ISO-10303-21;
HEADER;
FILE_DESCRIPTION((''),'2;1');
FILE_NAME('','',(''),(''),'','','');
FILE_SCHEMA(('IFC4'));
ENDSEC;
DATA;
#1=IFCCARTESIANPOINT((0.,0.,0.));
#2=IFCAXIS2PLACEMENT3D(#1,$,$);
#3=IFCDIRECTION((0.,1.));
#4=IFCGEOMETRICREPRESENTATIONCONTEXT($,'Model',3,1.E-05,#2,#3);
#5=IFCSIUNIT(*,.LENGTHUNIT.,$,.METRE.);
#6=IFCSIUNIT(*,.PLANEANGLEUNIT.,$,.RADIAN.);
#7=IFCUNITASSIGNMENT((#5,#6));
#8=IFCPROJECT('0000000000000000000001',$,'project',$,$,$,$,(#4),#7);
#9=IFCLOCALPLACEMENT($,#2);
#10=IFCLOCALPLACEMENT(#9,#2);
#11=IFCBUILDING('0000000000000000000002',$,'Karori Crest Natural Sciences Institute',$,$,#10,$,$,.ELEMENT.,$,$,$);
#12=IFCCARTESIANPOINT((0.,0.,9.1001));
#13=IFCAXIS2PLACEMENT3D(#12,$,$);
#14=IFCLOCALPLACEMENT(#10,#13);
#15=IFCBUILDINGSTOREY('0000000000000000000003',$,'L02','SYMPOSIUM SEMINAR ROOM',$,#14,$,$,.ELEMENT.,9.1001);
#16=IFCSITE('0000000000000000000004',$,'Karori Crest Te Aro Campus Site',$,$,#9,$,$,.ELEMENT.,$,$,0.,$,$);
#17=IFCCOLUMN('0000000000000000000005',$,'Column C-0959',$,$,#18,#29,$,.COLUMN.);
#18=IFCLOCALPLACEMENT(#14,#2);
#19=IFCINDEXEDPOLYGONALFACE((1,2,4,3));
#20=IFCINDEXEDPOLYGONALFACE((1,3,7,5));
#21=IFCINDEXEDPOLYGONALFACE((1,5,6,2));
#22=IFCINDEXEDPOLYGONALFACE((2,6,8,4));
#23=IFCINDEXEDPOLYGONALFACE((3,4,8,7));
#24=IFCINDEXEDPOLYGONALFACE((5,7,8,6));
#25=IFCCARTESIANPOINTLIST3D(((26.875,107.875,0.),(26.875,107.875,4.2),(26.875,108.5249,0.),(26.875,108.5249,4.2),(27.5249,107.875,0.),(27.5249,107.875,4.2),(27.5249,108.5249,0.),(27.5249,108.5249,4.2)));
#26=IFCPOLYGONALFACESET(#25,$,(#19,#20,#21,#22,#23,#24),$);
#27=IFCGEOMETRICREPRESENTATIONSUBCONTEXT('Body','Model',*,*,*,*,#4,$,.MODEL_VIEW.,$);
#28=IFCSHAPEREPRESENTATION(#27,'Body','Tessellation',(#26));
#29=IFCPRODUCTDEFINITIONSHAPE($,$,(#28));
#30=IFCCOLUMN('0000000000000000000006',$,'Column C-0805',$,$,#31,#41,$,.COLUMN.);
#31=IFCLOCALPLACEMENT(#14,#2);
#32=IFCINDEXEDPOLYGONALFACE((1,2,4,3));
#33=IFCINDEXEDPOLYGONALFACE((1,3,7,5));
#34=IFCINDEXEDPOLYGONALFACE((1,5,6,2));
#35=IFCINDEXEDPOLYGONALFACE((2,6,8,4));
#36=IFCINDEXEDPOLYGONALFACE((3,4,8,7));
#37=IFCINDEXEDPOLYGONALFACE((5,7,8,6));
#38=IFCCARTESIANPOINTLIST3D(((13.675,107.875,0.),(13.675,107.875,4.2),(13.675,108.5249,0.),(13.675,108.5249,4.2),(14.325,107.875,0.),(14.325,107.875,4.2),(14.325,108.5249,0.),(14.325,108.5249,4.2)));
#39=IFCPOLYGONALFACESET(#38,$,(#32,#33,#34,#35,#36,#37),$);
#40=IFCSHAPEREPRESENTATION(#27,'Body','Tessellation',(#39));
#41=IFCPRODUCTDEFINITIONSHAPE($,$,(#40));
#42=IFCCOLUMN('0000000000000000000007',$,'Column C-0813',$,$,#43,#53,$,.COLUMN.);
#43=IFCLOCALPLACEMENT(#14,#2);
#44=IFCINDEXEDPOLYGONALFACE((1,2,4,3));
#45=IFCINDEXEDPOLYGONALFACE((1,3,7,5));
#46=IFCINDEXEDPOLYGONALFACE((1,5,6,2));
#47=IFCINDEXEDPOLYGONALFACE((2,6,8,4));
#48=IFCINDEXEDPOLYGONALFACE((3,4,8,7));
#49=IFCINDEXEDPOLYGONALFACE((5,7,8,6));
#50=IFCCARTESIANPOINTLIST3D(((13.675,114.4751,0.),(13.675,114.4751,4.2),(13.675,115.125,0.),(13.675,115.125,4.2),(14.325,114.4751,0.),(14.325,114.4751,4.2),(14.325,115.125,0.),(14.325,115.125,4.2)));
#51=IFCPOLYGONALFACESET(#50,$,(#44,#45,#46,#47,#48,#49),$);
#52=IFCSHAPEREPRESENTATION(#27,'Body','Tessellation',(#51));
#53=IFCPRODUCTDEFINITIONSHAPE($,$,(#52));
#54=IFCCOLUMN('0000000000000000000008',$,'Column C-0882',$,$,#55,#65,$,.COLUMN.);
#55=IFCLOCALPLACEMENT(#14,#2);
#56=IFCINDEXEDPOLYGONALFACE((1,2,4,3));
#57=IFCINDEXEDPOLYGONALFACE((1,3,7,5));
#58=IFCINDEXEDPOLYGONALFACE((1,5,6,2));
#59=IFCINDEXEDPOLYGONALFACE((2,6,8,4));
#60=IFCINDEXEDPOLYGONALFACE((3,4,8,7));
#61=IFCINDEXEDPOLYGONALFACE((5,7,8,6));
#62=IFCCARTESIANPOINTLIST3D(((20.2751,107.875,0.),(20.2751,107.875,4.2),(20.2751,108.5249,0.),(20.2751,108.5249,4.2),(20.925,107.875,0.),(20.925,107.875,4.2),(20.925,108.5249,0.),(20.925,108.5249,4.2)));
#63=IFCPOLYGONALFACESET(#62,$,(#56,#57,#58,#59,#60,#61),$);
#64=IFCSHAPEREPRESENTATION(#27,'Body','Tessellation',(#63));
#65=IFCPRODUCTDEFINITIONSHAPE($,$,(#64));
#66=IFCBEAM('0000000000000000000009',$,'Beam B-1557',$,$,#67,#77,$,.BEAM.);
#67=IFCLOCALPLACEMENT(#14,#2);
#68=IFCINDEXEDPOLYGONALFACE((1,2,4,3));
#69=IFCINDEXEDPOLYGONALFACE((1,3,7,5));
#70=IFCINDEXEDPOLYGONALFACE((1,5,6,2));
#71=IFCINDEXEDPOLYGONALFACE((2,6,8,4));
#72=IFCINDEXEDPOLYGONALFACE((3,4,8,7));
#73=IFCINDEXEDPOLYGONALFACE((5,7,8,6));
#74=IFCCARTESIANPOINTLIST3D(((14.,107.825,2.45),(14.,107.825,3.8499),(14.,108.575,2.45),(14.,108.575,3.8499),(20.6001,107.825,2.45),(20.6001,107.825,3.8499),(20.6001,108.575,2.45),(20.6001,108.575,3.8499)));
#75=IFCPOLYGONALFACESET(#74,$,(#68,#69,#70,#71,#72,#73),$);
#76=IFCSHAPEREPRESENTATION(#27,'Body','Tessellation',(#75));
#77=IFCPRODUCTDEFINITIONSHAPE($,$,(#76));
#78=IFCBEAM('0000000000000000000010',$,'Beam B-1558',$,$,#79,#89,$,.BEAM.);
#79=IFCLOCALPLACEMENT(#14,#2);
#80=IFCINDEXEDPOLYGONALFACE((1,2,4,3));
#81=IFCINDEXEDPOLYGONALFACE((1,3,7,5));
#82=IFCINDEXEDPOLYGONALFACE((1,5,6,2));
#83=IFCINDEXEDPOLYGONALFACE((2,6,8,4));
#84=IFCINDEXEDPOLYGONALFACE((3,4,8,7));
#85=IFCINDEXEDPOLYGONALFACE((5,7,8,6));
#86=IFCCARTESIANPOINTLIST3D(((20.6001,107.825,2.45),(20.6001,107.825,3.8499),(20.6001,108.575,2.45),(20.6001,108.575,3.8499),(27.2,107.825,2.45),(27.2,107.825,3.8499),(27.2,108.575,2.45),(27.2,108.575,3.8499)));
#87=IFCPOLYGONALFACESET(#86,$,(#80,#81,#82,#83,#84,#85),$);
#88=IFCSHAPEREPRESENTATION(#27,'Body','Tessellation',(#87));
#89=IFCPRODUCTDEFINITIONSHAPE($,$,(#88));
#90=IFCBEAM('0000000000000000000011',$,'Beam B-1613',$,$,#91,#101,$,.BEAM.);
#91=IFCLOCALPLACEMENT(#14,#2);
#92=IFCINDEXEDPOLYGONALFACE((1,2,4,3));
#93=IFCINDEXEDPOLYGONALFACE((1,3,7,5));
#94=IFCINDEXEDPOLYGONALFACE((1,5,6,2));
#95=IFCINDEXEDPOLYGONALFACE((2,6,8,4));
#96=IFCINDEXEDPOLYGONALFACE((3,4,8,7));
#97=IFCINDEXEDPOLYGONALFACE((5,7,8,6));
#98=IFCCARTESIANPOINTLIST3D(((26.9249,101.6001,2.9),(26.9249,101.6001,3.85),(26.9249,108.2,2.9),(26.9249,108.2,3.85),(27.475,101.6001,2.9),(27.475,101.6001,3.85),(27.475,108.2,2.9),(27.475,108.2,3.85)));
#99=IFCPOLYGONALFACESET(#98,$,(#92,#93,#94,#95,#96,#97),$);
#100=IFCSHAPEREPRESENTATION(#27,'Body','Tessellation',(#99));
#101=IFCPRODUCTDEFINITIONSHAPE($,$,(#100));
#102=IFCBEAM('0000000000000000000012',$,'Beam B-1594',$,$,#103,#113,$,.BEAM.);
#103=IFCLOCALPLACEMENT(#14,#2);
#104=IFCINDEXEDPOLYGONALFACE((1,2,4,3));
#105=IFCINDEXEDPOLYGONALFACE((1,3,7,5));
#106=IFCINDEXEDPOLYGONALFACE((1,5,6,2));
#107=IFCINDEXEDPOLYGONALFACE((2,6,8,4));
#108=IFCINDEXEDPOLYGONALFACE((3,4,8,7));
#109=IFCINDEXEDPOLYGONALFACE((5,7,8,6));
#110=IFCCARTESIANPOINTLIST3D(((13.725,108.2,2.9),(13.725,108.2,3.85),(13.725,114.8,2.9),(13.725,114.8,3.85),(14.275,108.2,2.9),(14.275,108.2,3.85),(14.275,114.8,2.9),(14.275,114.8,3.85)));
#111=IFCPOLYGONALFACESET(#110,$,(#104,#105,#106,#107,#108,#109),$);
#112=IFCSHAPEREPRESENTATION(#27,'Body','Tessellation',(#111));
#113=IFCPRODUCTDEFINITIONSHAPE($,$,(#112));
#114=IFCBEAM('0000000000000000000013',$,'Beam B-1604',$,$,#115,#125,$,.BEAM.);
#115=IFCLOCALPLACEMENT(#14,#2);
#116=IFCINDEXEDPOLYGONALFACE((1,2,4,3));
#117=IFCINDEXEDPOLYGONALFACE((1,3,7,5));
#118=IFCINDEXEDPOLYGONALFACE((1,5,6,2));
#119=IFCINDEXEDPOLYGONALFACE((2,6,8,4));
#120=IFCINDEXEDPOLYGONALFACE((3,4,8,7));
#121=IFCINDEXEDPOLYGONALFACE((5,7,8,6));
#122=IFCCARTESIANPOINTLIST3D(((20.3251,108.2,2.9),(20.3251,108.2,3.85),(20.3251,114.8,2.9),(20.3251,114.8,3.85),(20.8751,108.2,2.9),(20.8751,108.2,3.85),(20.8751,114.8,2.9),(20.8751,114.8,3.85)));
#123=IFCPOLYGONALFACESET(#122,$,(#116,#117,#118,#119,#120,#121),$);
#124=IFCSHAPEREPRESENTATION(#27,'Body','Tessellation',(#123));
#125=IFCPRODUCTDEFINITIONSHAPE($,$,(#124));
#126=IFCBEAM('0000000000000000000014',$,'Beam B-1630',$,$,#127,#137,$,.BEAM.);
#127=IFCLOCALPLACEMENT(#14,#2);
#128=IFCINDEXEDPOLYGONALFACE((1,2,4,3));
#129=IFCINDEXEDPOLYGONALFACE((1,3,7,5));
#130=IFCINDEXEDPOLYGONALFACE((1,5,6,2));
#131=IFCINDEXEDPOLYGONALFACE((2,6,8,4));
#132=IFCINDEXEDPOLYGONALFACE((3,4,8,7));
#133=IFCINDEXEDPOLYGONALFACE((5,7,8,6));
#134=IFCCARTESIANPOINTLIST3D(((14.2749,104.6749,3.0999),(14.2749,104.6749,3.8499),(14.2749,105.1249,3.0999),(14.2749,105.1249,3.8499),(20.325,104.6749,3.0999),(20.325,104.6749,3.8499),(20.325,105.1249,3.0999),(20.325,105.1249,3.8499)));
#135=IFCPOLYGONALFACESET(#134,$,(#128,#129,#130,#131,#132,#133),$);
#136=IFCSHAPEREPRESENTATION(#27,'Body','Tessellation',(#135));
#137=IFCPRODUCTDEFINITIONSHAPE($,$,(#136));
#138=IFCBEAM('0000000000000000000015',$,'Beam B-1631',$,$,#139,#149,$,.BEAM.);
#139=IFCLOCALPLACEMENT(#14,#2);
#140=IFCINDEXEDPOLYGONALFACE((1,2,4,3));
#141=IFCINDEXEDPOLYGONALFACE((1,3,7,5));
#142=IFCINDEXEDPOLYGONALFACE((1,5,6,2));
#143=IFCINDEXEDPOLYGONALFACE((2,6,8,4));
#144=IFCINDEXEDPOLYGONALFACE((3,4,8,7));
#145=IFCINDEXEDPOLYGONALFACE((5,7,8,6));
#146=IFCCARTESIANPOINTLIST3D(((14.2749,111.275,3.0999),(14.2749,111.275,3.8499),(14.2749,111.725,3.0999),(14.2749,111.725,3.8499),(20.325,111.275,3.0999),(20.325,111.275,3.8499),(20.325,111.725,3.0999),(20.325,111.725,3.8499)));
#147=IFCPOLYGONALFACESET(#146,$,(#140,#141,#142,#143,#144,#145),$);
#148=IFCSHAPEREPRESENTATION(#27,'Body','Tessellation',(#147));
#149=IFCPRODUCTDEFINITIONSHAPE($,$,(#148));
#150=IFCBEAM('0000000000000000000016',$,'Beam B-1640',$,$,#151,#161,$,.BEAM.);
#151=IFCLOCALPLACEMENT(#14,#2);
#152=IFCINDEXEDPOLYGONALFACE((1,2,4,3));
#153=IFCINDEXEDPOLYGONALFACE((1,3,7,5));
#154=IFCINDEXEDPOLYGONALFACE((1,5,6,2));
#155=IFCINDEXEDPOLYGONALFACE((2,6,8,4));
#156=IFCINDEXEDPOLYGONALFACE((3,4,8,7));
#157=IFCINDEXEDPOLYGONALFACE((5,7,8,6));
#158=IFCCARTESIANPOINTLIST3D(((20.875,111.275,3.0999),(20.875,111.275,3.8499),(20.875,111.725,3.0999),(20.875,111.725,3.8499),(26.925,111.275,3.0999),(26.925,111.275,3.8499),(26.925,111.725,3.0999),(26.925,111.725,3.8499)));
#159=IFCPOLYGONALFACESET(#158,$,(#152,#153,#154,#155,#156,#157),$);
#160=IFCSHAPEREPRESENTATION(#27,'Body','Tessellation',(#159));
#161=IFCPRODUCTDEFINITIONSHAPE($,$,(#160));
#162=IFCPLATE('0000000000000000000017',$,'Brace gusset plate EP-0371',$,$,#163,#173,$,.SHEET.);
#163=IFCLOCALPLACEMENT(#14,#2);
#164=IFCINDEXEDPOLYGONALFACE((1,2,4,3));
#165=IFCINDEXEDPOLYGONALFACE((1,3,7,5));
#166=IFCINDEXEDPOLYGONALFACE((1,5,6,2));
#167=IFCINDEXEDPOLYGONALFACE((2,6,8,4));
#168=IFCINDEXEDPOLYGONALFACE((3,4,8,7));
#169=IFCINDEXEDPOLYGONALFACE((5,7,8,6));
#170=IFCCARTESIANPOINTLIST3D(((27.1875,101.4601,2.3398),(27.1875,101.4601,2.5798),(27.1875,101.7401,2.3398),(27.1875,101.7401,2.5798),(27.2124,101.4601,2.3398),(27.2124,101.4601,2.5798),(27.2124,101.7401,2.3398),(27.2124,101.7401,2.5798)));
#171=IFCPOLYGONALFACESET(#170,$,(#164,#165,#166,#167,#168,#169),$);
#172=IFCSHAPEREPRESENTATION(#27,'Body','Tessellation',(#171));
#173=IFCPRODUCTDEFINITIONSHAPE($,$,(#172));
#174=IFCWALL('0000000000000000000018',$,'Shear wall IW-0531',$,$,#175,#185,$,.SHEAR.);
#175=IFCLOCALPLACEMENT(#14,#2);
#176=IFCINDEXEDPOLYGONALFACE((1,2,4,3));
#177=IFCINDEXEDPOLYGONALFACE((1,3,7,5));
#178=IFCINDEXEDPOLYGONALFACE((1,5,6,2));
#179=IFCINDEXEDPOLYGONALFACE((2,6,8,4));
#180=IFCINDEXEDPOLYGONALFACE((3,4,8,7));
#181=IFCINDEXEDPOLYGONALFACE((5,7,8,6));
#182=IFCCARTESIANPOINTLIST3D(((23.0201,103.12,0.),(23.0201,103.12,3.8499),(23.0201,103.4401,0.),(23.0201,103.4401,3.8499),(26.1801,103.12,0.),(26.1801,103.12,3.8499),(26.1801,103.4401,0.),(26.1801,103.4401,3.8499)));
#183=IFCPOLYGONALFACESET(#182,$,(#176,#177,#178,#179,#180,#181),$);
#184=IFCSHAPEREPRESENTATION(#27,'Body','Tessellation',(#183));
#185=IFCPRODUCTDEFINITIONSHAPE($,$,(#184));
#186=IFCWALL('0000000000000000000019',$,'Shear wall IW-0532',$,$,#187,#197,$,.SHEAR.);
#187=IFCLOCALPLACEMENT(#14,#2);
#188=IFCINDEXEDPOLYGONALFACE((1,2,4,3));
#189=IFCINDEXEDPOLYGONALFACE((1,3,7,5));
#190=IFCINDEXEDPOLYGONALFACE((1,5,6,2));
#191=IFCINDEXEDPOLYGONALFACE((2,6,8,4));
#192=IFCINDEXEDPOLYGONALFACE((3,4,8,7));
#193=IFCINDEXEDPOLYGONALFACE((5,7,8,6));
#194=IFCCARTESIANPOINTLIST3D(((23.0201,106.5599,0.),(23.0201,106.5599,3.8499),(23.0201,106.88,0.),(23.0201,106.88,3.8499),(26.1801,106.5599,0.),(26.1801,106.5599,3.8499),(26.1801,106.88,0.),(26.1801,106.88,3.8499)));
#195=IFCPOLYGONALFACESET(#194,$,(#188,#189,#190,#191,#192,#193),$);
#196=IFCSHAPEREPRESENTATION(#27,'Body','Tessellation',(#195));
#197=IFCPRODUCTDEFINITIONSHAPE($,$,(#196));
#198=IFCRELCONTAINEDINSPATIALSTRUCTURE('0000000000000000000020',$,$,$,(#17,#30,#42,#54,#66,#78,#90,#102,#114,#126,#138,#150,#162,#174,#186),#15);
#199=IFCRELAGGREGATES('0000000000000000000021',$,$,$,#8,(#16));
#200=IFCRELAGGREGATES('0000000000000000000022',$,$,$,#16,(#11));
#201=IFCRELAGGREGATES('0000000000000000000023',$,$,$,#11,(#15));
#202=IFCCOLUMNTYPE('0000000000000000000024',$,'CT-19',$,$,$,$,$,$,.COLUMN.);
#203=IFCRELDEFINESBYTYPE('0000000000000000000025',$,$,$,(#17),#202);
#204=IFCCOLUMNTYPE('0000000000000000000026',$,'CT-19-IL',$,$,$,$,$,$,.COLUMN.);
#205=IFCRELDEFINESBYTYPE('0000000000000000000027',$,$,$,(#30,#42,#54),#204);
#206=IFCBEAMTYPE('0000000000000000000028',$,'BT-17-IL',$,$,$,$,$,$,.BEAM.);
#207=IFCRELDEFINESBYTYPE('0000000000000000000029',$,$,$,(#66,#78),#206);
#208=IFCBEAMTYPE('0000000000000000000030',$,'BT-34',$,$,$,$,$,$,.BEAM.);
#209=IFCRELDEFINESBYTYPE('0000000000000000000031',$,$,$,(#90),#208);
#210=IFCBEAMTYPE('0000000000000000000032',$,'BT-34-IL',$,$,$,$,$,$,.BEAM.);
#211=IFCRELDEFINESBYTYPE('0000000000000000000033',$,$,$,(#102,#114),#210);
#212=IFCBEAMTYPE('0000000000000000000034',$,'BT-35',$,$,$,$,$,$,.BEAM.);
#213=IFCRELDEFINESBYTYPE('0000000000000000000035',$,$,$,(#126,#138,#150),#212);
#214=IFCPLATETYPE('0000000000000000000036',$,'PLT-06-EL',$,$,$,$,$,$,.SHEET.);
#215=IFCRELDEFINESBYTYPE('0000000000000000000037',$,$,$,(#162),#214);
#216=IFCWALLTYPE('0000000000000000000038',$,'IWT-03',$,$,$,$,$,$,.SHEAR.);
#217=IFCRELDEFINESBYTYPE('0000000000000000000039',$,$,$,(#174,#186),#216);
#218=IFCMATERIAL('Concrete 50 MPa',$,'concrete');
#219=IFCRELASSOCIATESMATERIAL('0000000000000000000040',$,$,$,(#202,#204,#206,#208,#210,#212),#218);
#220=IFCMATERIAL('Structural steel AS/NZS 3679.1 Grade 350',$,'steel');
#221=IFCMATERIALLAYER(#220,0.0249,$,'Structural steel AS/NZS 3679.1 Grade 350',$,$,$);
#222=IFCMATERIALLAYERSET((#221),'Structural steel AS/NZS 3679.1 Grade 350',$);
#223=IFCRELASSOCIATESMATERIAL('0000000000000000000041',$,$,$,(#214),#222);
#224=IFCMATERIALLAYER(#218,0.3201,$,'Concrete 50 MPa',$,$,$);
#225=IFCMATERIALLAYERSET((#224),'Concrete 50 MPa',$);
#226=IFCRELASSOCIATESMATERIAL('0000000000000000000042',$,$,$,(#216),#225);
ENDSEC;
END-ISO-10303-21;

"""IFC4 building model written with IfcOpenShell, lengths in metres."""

from ifc_helpers import new_model, si_unit, direction, frame, frame_2d, origin, origin_2d, place, context, subcontext, project, spatial, rectangle, extrude, material, layer, layer_set, material_profile, profile_set, type_object, element, save


model = new_model("IFC4")

# Units and contexts
model_context = context("Model", 3, precision=1e-05, world=origin(), true_north=direction((0.0, 1.0)))
body_context = subcontext(model_context, "Body", "Model", "MODEL_VIEW")
ifc_project = project(units=[si_unit("LENGTHUNIT", "METRE"), si_unit("PLANEANGLEUNIT", "RADIAN")], contexts=[model_context])

# Site, building, storey
site_placement = place(None, origin())
site = spatial("IfcSite", under=ifc_project, at=site_placement, Name="Karori Crest Te Aro Campus Site", CompositionType="ELEMENT", RefElevation=0.0)
building_placement = place(site_placement, origin())
building = spatial("IfcBuilding", under=site, at=building_placement, Name="Karori Crest Natural Sciences Institute", CompositionType="ELEMENT")
storey_placement = place(building_placement, frame((0.0, 0.0, 9.1001)))
storey = spatial("IfcBuildingStorey", under=building, at=storey_placement, Name="L02", Description="SYMPOSIUM SEMINAR ROOM", CompositionType="ELEMENT", Elevation=9.1001)

# Columns
ifc_material_1 = material(Name="Concrete 50 MPa", Category="concrete")
ifc_material_profile_1 = material_profile(ifc_material_1, rectangle(XDim=0.6499, YDim=0.6499, at=origin_2d()), Name="RC650x650")
ifc_profile_set_1 = profile_set([ifc_material_profile_1], Name="Concrete 50 MPa")
column_type_1 = type_object("IfcColumnType", Name="CT-19", PredefinedType="COLUMN", material=ifc_profile_set_1)
column_placement = place(storey_placement, frame((27.2, 108.2, 0.0), z_axis=(0.0, 0.0, 1.0), x_axis=(1.0, 0.0, 0.0)))
element("IfcColumn", 1, at=column_placement, inside=storey, type_object=column_type_1, Name="Column C-0959", PredefinedType="COLUMN", context=body_context, shape_type="SweptSolid", body=[
    extrude(rectangle(XDim=0.6499, YDim=0.6499, at=origin_2d()), origin(), (0.0, 0.0, 1.0), 4.2),
])
ifc_material_profile_2 = material_profile(ifc_material_1, rectangle(XDim=0.6499, YDim=0.6499, at=origin_2d()), Name="RC650x650")
ifc_profile_set_2 = profile_set([ifc_material_profile_2], Name="Concrete 50 MPa")
column_type_2 = type_object("IfcColumnType", Name="CT-19-IL", PredefinedType="COLUMN", material=ifc_profile_set_2)
for number, where, z_axis, x_axis, name in (
    (2, (14.0, 108.2, 0.0), (0.0, 0.0, 1.0), (1.0, 0.0, 0.0), "Column C-0805"),
    (3, (14.0, 114.8, 0.0), (0.0, 0.0, 1.0), (1.0, 0.0, 0.0), "Column C-0813"),
    (4, (20.6001, 108.2, 0.0), (0.0, 0.0, 1.0), (1.0, 0.0, 0.0), "Column C-0882"),
):
    element("IfcColumn", number, at=place(storey_placement, frame(where, z_axis=z_axis, x_axis=x_axis)), inside=storey, type_object=column_type_2, Name=name, PredefinedType="COLUMN", context=body_context, shape_type="SweptSolid", body=[
        extrude(rectangle(XDim=0.6499, YDim=0.6499, at=origin_2d()), origin(), (0.0, 0.0, 1.0), 4.2),
    ])

# Beams
ifc_material_profile_3 = material_profile(ifc_material_1, rectangle(XDim=0.75, YDim=1.3999, at=origin_2d()), Name="RCB750x1400")
ifc_profile_set_3 = profile_set([ifc_material_profile_3], Name="Concrete 50 MPa")
beam_type_1 = type_object("IfcBeamType", Name="BT-17-IL", PredefinedType="BEAM", material=ifc_profile_set_3)
beam_1_placement = place(storey_placement, frame((14.0, 108.2, 3.1499), z_axis=(1.0, 0.0, 0.0), x_axis=(0.0, 1.0, 0.0)))
element("IfcBeam", 5, at=beam_1_placement, inside=storey, type_object=beam_type_1, Name="Beam B-1557", PredefinedType="BEAM", context=body_context, shape_type="SweptSolid", body=[
    extrude(rectangle(XDim=0.75, YDim=1.3999, at=origin_2d()), origin(), (0.0, 0.0, 1.0), 6.6001),
])
beam_2_placement = place(storey_placement, frame((20.6001, 108.2, 3.1499), z_axis=(1.0, 0.0, 0.0), x_axis=(0.0, 1.0, 0.0)))
element("IfcBeam", 6, at=beam_2_placement, inside=storey, type_object=beam_type_1, Name="Beam B-1558", PredefinedType="BEAM", context=body_context, shape_type="SweptSolid", body=[
    extrude(rectangle(XDim=0.75, YDim=1.3999, at=origin_2d()), origin(), (0.0, 0.0, 1.0), 6.5999),
])
ifc_material_profile_4 = material_profile(ifc_material_1, rectangle(XDim=0.55, YDim=0.95, at=origin_2d()), Name="RCB550x950")
ifc_profile_set_4 = profile_set([ifc_material_profile_4], Name="Concrete 50 MPa")
beam_type_2 = type_object("IfcBeamType", Name="BT-34", PredefinedType="BEAM", material=ifc_profile_set_4)
beam_3_placement = place(storey_placement, frame((27.2, 101.6001, 3.375), z_axis=(0.0, 1.0, 0.0), x_axis=(-1.0, 0.0, 0.0)))
element("IfcBeam", 7, at=beam_3_placement, inside=storey, type_object=beam_type_2, Name="Beam B-1613", PredefinedType="BEAM", context=body_context, shape_type="SweptSolid", body=[
    extrude(rectangle(XDim=0.55, YDim=0.95, at=origin_2d()), origin(), (0.0, 0.0, 1.0), 6.5999),
])
ifc_material_profile_5 = material_profile(ifc_material_1, rectangle(XDim=0.55, YDim=0.95, at=origin_2d()), Name="RCB550x950")
ifc_profile_set_5 = profile_set([ifc_material_profile_5], Name="Concrete 50 MPa")
beam_type_3 = type_object("IfcBeamType", Name="BT-34-IL", PredefinedType="BEAM", material=ifc_profile_set_5)
for number, where, z_axis, x_axis, name in (
    (8, (14.0, 108.2, 3.375), (0.0, 1.0, 0.0), (-1.0, 0.0, 0.0), "Beam B-1594"),
    (9, (20.6001, 108.2, 3.375), (0.0, 1.0, 0.0), (-1.0, 0.0, 0.0), "Beam B-1604"),
):
    element("IfcBeam", number, at=place(storey_placement, frame(where, z_axis=z_axis, x_axis=x_axis)), inside=storey, type_object=beam_type_3, Name=name, PredefinedType="BEAM", context=body_context, shape_type="SweptSolid", body=[
        extrude(rectangle(XDim=0.55, YDim=0.95, at=origin_2d()), origin(), (0.0, 0.0, 1.0), 6.6001),
    ])
ifc_material_profile_6 = material_profile(ifc_material_1, rectangle(XDim=0.45, YDim=0.75, at=origin_2d()), Name="RCB450x750")
ifc_profile_set_6 = profile_set([ifc_material_profile_6], Name="Concrete 50 MPa")
beam_type_4 = type_object("IfcBeamType", Name="BT-35", PredefinedType="BEAM", material=ifc_profile_set_6)
for number, where, z_axis, x_axis, name in (
    (10, (14.2749, 104.8999, 3.4749), (1.0, 0.0, 0.0), (0.0, 1.0, 0.0), "Beam B-1630"),
    (11, (14.2749, 111.5, 3.4749), (1.0, 0.0, 0.0), (0.0, 1.0, 0.0), "Beam B-1631"),
    (12, (20.875, 111.5, 3.4749), (1.0, 0.0, 0.0), (0.0, 1.0, 0.0), "Beam B-1640"),
):
    element("IfcBeam", number, at=place(storey_placement, frame(where, z_axis=z_axis, x_axis=x_axis)), inside=storey, type_object=beam_type_4, Name=name, PredefinedType="BEAM", context=body_context, shape_type="SweptSolid", body=[
        extrude(rectangle(XDim=0.45, YDim=0.75, at=origin_2d()), origin(), (0.0, 0.0, 1.0), 6.05),
    ])

# Plate
ifc_material_2 = material(Name="Structural steel AS/NZS 3679.1 Grade 350", Category="steel")
ifc_layer_1 = layer(ifc_material_2, 0.0249, Name="Structural steel AS/NZS 3679.1 Grade 350")
ifc_layer_set_1 = layer_set([ifc_layer_1], Name="Structural steel AS/NZS 3679.1 Grade 350")
plate_type = type_object("IfcPlateType", Name="PLT-06-EL", PredefinedType="SHEET", material=ifc_layer_set_1)
plate_placement = place(storey_placement, frame((27.2, 101.6001, 2.3398), z_axis=(0.0, 0.0, 1.0), x_axis=(0.0, 1.0, 0.0)))
element("IfcPlate", 13, at=plate_placement, inside=storey, type_object=plate_type, Name="Brace gusset plate EP-0371", PredefinedType="SHEET", context=body_context, shape_type="SweptSolid", body=[
    extrude(rectangle(XDim=0.28, YDim=0.0249, at=origin_2d()), origin(), (0.0, 0.0, 1.0), 0.24),
])

# Walls
ifc_layer_2 = layer(ifc_material_1, 0.3201, Name="Concrete 50 MPa")
ifc_layer_set_2 = layer_set([ifc_layer_2], Name="Concrete 50 MPa")
wall_type_1 = type_object("IfcWallType", Name="IWT-03", PredefinedType="SHEAR", material=ifc_layer_set_2)
for number, where, z_axis, x_axis, name in (
    (14, (23.02, 103.28, 0.0), (0.0, 0.0, 1.0), (1.0, 0.0, 0.0), "Shear wall IW-0531"),
    (15, (23.02, 106.72, 0.0), (0.0, 0.0, 1.0), (1.0, 0.0, 0.0), "Shear wall IW-0532"),
):
    element("IfcWall", number, at=place(storey_placement, frame(where, z_axis=z_axis, x_axis=x_axis)), inside=storey, type_object=wall_type_1, Name=name, PredefinedType="SHEAR", context=body_context, shape_type="SweptSolid", body=[
        extrude(rectangle(XDim=3.1599, YDim=0.3201, at=frame_2d((1.5801, 0.0))), origin(), (0.0, 0.0, 1.0), 3.8499),
    ])

save(model, "model.ifc")
